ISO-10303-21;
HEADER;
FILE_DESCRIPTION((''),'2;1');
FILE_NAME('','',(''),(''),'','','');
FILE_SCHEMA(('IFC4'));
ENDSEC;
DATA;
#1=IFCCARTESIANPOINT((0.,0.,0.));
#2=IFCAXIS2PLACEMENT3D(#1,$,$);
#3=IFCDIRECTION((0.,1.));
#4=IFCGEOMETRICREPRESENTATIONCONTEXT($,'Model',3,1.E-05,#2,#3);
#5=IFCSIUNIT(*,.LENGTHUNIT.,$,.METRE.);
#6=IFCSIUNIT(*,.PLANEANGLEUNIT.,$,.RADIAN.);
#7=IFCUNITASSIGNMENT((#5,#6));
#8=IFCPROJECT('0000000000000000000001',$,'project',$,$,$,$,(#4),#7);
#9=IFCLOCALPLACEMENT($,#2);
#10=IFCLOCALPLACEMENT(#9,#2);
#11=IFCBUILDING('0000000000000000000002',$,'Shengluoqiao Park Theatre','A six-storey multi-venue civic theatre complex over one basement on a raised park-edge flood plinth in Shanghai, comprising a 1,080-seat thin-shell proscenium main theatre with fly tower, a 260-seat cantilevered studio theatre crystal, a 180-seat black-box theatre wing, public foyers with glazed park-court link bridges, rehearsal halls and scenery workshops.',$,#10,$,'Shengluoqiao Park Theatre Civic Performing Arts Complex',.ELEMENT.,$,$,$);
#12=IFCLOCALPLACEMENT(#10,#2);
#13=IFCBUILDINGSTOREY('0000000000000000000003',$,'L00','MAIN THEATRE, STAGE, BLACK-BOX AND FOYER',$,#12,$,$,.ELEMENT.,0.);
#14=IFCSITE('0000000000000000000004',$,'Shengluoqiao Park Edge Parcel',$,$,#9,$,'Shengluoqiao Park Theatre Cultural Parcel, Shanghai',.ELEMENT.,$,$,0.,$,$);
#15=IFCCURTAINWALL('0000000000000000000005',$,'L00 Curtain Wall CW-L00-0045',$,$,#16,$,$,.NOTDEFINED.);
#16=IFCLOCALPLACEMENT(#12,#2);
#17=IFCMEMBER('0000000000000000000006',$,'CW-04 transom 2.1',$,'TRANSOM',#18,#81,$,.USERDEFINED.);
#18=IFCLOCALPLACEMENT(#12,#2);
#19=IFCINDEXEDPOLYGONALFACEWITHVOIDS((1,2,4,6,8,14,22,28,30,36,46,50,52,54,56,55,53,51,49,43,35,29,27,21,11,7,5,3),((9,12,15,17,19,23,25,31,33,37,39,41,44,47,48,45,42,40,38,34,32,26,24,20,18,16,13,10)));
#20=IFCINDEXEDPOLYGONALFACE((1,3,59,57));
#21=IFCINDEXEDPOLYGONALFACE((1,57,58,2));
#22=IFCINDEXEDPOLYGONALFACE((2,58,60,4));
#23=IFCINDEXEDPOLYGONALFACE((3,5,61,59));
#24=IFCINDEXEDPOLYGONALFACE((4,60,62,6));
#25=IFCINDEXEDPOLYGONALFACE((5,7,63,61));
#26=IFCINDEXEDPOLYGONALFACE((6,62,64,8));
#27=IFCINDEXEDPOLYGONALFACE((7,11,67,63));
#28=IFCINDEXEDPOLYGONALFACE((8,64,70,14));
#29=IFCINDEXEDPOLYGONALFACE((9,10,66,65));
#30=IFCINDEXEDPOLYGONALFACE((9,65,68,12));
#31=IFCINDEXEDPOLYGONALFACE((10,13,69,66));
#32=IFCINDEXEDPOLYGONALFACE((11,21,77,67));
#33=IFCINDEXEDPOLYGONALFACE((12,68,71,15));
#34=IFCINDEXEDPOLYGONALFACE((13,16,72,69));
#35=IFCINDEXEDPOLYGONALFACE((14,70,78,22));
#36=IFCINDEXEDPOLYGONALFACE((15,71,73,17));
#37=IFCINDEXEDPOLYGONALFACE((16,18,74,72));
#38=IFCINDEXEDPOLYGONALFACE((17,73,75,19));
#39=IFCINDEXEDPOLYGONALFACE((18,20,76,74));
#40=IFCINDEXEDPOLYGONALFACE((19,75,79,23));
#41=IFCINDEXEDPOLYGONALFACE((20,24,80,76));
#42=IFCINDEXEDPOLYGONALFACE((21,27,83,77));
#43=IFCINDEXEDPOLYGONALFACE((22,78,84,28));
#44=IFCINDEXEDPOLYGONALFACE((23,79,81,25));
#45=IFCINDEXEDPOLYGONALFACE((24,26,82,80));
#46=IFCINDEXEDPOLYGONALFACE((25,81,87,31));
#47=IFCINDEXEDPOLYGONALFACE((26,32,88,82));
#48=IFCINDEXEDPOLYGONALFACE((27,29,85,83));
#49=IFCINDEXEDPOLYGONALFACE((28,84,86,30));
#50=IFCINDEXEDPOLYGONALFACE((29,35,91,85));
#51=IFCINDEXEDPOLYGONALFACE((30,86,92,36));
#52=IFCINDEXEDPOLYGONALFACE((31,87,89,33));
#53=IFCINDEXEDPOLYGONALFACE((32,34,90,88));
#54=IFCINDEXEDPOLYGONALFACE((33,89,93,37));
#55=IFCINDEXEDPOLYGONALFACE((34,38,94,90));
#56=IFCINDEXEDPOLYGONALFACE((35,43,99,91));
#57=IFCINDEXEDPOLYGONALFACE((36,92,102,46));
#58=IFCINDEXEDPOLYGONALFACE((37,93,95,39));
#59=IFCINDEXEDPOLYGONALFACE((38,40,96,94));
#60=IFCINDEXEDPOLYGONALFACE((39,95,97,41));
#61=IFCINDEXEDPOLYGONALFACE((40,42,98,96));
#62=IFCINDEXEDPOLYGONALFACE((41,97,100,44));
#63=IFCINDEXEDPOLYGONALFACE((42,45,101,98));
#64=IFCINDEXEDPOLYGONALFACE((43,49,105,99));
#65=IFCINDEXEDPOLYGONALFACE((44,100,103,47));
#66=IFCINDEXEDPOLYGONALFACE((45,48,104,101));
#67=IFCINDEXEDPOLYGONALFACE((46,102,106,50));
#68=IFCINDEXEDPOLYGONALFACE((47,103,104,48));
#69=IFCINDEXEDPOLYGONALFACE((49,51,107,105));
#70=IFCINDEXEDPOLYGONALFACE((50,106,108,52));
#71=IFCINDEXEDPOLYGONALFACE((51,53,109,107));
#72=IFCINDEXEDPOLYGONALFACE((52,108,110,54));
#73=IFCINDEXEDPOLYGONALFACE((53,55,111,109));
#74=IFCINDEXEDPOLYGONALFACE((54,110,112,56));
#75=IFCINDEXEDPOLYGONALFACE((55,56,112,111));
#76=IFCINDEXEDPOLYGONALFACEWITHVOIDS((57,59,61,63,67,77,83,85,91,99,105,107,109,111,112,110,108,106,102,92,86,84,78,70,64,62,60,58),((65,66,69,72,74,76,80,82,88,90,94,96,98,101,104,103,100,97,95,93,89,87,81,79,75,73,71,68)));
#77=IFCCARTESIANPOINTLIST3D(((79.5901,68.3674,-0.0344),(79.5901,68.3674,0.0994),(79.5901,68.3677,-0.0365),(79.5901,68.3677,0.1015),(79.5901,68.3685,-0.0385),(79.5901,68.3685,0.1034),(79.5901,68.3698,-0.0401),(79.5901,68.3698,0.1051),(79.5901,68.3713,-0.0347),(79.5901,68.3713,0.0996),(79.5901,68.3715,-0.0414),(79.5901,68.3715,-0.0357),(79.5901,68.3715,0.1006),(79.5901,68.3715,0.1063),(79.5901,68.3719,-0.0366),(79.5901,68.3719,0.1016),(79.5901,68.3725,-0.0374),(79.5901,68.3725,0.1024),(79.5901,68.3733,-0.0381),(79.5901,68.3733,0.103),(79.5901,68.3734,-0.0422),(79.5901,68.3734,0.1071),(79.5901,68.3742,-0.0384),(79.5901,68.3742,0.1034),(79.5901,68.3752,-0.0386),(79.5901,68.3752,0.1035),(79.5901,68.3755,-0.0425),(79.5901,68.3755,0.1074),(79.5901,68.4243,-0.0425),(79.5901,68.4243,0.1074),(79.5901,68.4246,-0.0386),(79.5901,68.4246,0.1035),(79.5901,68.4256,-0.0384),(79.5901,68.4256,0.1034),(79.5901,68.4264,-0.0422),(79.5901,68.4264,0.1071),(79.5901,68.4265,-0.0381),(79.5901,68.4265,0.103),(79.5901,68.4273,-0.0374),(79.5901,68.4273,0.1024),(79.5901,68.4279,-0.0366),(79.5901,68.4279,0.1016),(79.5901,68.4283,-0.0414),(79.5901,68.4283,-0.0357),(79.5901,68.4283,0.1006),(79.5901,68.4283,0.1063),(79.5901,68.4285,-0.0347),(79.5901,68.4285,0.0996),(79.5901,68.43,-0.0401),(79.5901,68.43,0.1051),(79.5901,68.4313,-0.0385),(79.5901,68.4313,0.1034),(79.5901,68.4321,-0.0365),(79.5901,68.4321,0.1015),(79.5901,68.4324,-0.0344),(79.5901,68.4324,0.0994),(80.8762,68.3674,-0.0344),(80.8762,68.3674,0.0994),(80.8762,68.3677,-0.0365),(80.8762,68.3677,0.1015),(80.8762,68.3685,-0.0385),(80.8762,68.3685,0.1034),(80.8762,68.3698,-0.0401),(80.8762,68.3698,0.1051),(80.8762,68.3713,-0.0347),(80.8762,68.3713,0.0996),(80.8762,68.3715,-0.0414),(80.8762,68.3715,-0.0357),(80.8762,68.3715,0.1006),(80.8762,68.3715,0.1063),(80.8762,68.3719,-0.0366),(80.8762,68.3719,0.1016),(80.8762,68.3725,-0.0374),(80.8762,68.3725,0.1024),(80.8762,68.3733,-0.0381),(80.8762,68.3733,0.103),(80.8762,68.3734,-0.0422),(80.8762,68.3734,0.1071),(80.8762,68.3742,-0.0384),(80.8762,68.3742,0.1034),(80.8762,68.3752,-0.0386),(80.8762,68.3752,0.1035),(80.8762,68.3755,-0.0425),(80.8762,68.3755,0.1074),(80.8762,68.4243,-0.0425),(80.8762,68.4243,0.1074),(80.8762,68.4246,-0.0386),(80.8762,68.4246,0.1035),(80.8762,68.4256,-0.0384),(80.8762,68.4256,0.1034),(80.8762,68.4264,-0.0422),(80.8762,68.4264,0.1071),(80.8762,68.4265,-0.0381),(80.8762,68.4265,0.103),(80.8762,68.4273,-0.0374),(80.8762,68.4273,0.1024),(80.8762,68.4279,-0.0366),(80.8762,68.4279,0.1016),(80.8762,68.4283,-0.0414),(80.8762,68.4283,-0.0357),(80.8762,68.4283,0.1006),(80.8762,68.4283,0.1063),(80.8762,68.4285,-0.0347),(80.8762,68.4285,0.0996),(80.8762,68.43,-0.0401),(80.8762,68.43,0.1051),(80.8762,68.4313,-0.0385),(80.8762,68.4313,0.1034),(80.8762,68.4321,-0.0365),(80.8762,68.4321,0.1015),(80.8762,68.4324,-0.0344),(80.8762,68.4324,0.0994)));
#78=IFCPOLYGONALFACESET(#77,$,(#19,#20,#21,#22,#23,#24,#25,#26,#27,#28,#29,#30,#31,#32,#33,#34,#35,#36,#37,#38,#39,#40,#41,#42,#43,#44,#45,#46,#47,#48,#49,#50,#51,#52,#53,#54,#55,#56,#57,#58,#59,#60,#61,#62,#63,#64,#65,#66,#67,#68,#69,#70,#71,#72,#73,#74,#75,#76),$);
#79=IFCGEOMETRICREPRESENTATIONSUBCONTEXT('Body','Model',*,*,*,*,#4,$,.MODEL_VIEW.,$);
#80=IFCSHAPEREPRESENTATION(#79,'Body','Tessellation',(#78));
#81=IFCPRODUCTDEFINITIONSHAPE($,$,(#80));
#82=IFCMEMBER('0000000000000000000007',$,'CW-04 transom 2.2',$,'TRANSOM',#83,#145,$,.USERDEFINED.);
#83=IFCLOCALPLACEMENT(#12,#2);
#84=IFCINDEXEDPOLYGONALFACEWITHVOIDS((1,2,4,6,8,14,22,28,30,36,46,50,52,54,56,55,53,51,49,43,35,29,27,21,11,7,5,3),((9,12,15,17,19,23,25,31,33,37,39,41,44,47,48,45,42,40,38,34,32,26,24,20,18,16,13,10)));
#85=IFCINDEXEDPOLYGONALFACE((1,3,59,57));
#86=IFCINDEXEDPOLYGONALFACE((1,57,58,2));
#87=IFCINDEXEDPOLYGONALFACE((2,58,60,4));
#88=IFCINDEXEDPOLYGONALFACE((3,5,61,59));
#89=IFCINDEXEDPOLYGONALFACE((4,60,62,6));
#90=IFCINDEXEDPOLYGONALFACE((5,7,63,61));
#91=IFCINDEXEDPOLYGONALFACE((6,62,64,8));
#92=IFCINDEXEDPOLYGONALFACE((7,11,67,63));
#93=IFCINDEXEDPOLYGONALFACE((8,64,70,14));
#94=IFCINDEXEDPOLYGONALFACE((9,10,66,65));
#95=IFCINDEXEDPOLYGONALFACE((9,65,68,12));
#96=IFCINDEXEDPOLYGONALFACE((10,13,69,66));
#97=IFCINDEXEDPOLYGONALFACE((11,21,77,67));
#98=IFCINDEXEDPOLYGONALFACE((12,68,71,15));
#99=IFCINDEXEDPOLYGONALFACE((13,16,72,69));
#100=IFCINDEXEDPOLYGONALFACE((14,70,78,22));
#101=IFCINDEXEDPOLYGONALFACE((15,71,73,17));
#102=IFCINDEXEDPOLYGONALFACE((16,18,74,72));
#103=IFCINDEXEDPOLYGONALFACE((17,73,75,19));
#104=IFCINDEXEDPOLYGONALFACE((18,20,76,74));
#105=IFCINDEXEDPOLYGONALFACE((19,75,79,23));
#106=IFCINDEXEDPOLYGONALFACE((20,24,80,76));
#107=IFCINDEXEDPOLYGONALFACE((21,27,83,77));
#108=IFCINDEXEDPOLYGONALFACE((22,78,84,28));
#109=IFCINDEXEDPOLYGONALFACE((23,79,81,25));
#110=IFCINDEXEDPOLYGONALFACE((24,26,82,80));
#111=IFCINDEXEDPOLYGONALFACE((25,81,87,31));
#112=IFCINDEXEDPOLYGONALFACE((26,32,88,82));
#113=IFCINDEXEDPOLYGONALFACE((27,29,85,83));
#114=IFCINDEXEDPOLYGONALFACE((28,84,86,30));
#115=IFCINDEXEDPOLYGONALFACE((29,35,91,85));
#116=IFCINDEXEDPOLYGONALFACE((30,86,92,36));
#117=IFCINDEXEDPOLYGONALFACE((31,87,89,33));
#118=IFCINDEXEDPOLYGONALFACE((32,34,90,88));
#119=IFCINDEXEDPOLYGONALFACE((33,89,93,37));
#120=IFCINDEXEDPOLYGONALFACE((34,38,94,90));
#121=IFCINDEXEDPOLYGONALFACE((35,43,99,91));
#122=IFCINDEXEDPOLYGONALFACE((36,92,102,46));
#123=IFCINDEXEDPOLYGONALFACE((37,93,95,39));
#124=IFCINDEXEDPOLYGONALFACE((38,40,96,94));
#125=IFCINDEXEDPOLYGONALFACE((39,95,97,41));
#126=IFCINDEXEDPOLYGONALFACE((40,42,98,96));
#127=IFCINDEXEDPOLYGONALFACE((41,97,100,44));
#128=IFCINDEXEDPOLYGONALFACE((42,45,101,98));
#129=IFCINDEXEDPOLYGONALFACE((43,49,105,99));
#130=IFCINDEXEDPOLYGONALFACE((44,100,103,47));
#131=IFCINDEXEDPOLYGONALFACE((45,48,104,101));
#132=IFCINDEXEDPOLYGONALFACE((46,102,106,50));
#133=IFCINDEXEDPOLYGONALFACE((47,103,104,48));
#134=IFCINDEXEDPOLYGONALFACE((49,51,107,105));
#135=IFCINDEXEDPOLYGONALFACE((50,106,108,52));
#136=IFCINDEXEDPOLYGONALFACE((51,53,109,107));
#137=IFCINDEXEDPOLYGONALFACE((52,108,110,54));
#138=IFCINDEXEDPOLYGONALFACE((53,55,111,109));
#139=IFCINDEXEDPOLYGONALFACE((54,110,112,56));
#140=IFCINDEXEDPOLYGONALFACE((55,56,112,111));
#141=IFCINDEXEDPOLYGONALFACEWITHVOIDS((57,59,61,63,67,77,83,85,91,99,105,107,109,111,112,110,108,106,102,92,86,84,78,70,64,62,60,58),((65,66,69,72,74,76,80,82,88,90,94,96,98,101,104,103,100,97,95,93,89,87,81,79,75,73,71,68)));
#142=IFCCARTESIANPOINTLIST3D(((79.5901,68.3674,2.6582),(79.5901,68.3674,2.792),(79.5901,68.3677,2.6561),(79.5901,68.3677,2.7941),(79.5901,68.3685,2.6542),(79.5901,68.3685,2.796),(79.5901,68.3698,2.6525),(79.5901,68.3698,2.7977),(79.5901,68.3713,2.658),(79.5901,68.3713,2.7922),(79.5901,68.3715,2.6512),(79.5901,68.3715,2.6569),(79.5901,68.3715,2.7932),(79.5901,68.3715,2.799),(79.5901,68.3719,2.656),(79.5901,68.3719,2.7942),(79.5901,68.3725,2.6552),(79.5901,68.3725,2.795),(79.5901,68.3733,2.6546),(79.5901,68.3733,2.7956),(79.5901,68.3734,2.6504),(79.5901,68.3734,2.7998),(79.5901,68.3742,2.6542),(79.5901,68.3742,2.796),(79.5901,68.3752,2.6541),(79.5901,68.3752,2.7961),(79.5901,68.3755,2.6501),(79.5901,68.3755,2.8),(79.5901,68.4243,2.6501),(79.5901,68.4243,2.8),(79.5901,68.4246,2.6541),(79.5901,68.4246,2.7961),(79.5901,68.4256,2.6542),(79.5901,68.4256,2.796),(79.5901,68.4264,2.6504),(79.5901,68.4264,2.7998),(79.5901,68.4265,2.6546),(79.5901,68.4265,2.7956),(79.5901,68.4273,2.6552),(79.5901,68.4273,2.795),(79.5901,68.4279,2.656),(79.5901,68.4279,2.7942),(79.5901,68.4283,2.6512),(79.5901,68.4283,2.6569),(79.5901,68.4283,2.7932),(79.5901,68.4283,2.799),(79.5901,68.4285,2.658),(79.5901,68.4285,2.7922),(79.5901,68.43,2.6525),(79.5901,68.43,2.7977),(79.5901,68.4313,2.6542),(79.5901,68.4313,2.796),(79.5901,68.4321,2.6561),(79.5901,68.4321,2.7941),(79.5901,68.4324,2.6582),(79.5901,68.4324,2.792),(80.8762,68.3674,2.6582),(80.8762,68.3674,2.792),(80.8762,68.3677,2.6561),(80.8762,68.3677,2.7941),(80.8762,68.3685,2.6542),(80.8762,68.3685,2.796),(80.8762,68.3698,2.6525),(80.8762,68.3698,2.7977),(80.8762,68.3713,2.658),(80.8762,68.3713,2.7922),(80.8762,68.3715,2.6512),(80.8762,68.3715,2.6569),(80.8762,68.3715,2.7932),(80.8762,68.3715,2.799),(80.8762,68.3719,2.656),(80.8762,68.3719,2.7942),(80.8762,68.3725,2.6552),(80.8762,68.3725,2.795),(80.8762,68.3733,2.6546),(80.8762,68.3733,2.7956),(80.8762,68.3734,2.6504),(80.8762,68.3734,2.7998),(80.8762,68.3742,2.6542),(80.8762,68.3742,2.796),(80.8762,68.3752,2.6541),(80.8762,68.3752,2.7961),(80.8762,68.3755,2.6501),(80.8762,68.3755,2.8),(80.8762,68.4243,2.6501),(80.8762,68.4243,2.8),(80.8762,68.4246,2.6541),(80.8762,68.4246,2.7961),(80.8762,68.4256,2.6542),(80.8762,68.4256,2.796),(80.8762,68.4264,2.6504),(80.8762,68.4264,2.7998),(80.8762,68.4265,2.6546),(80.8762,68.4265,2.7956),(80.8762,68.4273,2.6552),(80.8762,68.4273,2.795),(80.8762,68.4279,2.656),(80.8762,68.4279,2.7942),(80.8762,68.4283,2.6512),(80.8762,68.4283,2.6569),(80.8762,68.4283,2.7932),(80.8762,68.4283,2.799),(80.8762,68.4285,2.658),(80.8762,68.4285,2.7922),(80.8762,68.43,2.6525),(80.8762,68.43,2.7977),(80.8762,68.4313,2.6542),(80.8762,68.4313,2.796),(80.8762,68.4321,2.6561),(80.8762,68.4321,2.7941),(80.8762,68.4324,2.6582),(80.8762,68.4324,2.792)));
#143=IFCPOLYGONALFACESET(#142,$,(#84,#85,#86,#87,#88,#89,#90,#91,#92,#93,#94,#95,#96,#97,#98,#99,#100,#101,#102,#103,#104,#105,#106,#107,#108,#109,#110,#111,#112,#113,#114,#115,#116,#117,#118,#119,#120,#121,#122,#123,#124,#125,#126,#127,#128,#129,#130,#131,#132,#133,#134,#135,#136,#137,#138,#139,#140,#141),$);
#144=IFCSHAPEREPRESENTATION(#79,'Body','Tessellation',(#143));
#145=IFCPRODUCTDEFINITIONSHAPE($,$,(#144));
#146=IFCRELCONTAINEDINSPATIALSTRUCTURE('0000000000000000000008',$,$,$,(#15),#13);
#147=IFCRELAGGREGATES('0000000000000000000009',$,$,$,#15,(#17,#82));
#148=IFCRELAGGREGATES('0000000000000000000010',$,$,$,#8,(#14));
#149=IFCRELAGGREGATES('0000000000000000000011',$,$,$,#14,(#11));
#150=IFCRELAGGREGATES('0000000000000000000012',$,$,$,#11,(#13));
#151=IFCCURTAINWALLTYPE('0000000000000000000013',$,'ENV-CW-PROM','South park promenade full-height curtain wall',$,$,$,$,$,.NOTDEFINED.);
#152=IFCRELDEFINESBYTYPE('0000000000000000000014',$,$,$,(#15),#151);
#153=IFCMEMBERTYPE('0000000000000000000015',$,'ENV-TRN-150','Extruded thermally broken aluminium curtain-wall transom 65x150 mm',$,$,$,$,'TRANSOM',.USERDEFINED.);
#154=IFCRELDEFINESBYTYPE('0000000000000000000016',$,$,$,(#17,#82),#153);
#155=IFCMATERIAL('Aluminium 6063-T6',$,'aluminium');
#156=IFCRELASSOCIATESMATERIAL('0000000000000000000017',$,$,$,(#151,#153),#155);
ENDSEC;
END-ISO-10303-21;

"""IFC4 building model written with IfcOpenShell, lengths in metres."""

from ifc_helpers import new_model, si_unit, direction, frame, origin, origin_2d, place, context, subcontext, project, spatial, hollow_rectangle, extrude, material, material_profile, profile_set, type_object, element, aggregate, save


model = new_model("IFC4")

# Units and contexts
model_context = context("Model", 3, precision=1e-05, world=origin(), true_north=direction((0.0, 1.0)))
body_context = subcontext(model_context, "Body", "Model", "MODEL_VIEW")
ifc_project = project(units=[si_unit("LENGTHUNIT", "METRE"), si_unit("PLANEANGLEUNIT", "RADIAN")], contexts=[model_context])

# Site, building, storey
site_placement = place(None, origin())
site = spatial("IfcSite", under=ifc_project, at=site_placement, Name="Shengluoqiao Park Edge Parcel", LongName="Shengluoqiao Park Theatre Cultural Parcel, Shanghai", CompositionType="ELEMENT", RefElevation=0.0)
building_placement = place(site_placement, origin())
building = spatial("IfcBuilding", under=site, at=building_placement, Name="Shengluoqiao Park Theatre", Description="A six-storey multi-venue civic theatre complex over one basement on a raised park-edge flood plinth in Shanghai, comprising a 1,080-seat thin-shell proscenium main theatre with fly tower, a 260-seat cantilevered studio theatre crystal, a 180-seat black-box theatre wing, public foyers with glazed park-court link bridges, rehearsal halls and scenery workshops.", LongName="Shengluoqiao Park Theatre Civic Performing Arts Complex", CompositionType="ELEMENT")
storey_placement = place(building_placement, origin())
storey = spatial("IfcBuildingStorey", under=building, at=storey_placement, Name="L00", Description="MAIN THEATRE, STAGE, BLACK-BOX AND FOYER", CompositionType="ELEMENT", Elevation=0.0)

# Shared definitions
ifc_material_1 = material(Name="Aluminium 6063-T6", Category="aluminium")
curtain_wall_type = type_object("IfcCurtainWallType", Name="ENV-CW-PROM", Description="South park promenade full-height curtain wall", PredefinedType="NOTDEFINED", material=ifc_material_1)

# Curtain wall
curtain_wall_1_placement = place(storey_placement, origin())
curtain_wall_1 = element("IfcCurtainWall", 1, at=curtain_wall_1_placement, inside=storey, type_object=curtain_wall_type, Name="L00 Curtain Wall CW-L00-0045", PredefinedType="NOTDEFINED")

# Members
ifc_material_profile_1 = material_profile(ifc_material_1, hollow_rectangle(XDim=0.0649, YDim=0.1499, WallThickness=0.0039, InnerFilletRadius=0.0039, OuterFilletRadius=0.0081, at=origin_2d()), Name="ALU TRANSOM 150x65x4")
ifc_profile_set_1 = profile_set([ifc_material_profile_1], Name="Aluminium 6063-T6")
member_type_1 = type_object("IfcMemberType", Name="ENV-TRN-150", Description="Extruded thermally broken aluminium curtain-wall transom 65x150 mm", ElementType="TRANSOM", PredefinedType="USERDEFINED", material=ifc_profile_set_1)
member_1_placement = place(storey_placement, frame((79.5901, 68.3999, 0.0325), z_axis=(1.0, 0.0, 0.0), x_axis=(0.0, 1.0, 0.0)))
member_1 = element("IfcMember", 2, at=member_1_placement, type_object=member_type_1, Name="CW-04 transom 2.1", ObjectType="TRANSOM", PredefinedType="USERDEFINED", context=body_context, shape_type="SweptSolid", body=[
    extrude(hollow_rectangle(XDim=0.0649, YDim=0.1499, WallThickness=0.0039, InnerFilletRadius=0.0039, OuterFilletRadius=0.0081, at=origin_2d()), origin(), (0.0, 0.0, 1.0), 1.2861),
])
member_2_placement = place(storey_placement, frame((79.5901, 68.3999, 2.7251), z_axis=(1.0, 0.0, 0.0), x_axis=(0.0, 1.0, 0.0)))
member_2 = element("IfcMember", 3, at=member_2_placement, type_object=member_type_1, Name="CW-04 transom 2.2", ObjectType="TRANSOM", PredefinedType="USERDEFINED", context=body_context, shape_type="SweptSolid", body=[
    extrude(hollow_rectangle(XDim=0.0649, YDim=0.1499, WallThickness=0.0039, InnerFilletRadius=0.0039, OuterFilletRadius=0.0081, at=origin_2d()), origin(), (0.0, 0.0, 1.0), 1.2861),
])

aggregate(curtain_wall_1, [member_1, member_2])

save(model, "model.ifc")
